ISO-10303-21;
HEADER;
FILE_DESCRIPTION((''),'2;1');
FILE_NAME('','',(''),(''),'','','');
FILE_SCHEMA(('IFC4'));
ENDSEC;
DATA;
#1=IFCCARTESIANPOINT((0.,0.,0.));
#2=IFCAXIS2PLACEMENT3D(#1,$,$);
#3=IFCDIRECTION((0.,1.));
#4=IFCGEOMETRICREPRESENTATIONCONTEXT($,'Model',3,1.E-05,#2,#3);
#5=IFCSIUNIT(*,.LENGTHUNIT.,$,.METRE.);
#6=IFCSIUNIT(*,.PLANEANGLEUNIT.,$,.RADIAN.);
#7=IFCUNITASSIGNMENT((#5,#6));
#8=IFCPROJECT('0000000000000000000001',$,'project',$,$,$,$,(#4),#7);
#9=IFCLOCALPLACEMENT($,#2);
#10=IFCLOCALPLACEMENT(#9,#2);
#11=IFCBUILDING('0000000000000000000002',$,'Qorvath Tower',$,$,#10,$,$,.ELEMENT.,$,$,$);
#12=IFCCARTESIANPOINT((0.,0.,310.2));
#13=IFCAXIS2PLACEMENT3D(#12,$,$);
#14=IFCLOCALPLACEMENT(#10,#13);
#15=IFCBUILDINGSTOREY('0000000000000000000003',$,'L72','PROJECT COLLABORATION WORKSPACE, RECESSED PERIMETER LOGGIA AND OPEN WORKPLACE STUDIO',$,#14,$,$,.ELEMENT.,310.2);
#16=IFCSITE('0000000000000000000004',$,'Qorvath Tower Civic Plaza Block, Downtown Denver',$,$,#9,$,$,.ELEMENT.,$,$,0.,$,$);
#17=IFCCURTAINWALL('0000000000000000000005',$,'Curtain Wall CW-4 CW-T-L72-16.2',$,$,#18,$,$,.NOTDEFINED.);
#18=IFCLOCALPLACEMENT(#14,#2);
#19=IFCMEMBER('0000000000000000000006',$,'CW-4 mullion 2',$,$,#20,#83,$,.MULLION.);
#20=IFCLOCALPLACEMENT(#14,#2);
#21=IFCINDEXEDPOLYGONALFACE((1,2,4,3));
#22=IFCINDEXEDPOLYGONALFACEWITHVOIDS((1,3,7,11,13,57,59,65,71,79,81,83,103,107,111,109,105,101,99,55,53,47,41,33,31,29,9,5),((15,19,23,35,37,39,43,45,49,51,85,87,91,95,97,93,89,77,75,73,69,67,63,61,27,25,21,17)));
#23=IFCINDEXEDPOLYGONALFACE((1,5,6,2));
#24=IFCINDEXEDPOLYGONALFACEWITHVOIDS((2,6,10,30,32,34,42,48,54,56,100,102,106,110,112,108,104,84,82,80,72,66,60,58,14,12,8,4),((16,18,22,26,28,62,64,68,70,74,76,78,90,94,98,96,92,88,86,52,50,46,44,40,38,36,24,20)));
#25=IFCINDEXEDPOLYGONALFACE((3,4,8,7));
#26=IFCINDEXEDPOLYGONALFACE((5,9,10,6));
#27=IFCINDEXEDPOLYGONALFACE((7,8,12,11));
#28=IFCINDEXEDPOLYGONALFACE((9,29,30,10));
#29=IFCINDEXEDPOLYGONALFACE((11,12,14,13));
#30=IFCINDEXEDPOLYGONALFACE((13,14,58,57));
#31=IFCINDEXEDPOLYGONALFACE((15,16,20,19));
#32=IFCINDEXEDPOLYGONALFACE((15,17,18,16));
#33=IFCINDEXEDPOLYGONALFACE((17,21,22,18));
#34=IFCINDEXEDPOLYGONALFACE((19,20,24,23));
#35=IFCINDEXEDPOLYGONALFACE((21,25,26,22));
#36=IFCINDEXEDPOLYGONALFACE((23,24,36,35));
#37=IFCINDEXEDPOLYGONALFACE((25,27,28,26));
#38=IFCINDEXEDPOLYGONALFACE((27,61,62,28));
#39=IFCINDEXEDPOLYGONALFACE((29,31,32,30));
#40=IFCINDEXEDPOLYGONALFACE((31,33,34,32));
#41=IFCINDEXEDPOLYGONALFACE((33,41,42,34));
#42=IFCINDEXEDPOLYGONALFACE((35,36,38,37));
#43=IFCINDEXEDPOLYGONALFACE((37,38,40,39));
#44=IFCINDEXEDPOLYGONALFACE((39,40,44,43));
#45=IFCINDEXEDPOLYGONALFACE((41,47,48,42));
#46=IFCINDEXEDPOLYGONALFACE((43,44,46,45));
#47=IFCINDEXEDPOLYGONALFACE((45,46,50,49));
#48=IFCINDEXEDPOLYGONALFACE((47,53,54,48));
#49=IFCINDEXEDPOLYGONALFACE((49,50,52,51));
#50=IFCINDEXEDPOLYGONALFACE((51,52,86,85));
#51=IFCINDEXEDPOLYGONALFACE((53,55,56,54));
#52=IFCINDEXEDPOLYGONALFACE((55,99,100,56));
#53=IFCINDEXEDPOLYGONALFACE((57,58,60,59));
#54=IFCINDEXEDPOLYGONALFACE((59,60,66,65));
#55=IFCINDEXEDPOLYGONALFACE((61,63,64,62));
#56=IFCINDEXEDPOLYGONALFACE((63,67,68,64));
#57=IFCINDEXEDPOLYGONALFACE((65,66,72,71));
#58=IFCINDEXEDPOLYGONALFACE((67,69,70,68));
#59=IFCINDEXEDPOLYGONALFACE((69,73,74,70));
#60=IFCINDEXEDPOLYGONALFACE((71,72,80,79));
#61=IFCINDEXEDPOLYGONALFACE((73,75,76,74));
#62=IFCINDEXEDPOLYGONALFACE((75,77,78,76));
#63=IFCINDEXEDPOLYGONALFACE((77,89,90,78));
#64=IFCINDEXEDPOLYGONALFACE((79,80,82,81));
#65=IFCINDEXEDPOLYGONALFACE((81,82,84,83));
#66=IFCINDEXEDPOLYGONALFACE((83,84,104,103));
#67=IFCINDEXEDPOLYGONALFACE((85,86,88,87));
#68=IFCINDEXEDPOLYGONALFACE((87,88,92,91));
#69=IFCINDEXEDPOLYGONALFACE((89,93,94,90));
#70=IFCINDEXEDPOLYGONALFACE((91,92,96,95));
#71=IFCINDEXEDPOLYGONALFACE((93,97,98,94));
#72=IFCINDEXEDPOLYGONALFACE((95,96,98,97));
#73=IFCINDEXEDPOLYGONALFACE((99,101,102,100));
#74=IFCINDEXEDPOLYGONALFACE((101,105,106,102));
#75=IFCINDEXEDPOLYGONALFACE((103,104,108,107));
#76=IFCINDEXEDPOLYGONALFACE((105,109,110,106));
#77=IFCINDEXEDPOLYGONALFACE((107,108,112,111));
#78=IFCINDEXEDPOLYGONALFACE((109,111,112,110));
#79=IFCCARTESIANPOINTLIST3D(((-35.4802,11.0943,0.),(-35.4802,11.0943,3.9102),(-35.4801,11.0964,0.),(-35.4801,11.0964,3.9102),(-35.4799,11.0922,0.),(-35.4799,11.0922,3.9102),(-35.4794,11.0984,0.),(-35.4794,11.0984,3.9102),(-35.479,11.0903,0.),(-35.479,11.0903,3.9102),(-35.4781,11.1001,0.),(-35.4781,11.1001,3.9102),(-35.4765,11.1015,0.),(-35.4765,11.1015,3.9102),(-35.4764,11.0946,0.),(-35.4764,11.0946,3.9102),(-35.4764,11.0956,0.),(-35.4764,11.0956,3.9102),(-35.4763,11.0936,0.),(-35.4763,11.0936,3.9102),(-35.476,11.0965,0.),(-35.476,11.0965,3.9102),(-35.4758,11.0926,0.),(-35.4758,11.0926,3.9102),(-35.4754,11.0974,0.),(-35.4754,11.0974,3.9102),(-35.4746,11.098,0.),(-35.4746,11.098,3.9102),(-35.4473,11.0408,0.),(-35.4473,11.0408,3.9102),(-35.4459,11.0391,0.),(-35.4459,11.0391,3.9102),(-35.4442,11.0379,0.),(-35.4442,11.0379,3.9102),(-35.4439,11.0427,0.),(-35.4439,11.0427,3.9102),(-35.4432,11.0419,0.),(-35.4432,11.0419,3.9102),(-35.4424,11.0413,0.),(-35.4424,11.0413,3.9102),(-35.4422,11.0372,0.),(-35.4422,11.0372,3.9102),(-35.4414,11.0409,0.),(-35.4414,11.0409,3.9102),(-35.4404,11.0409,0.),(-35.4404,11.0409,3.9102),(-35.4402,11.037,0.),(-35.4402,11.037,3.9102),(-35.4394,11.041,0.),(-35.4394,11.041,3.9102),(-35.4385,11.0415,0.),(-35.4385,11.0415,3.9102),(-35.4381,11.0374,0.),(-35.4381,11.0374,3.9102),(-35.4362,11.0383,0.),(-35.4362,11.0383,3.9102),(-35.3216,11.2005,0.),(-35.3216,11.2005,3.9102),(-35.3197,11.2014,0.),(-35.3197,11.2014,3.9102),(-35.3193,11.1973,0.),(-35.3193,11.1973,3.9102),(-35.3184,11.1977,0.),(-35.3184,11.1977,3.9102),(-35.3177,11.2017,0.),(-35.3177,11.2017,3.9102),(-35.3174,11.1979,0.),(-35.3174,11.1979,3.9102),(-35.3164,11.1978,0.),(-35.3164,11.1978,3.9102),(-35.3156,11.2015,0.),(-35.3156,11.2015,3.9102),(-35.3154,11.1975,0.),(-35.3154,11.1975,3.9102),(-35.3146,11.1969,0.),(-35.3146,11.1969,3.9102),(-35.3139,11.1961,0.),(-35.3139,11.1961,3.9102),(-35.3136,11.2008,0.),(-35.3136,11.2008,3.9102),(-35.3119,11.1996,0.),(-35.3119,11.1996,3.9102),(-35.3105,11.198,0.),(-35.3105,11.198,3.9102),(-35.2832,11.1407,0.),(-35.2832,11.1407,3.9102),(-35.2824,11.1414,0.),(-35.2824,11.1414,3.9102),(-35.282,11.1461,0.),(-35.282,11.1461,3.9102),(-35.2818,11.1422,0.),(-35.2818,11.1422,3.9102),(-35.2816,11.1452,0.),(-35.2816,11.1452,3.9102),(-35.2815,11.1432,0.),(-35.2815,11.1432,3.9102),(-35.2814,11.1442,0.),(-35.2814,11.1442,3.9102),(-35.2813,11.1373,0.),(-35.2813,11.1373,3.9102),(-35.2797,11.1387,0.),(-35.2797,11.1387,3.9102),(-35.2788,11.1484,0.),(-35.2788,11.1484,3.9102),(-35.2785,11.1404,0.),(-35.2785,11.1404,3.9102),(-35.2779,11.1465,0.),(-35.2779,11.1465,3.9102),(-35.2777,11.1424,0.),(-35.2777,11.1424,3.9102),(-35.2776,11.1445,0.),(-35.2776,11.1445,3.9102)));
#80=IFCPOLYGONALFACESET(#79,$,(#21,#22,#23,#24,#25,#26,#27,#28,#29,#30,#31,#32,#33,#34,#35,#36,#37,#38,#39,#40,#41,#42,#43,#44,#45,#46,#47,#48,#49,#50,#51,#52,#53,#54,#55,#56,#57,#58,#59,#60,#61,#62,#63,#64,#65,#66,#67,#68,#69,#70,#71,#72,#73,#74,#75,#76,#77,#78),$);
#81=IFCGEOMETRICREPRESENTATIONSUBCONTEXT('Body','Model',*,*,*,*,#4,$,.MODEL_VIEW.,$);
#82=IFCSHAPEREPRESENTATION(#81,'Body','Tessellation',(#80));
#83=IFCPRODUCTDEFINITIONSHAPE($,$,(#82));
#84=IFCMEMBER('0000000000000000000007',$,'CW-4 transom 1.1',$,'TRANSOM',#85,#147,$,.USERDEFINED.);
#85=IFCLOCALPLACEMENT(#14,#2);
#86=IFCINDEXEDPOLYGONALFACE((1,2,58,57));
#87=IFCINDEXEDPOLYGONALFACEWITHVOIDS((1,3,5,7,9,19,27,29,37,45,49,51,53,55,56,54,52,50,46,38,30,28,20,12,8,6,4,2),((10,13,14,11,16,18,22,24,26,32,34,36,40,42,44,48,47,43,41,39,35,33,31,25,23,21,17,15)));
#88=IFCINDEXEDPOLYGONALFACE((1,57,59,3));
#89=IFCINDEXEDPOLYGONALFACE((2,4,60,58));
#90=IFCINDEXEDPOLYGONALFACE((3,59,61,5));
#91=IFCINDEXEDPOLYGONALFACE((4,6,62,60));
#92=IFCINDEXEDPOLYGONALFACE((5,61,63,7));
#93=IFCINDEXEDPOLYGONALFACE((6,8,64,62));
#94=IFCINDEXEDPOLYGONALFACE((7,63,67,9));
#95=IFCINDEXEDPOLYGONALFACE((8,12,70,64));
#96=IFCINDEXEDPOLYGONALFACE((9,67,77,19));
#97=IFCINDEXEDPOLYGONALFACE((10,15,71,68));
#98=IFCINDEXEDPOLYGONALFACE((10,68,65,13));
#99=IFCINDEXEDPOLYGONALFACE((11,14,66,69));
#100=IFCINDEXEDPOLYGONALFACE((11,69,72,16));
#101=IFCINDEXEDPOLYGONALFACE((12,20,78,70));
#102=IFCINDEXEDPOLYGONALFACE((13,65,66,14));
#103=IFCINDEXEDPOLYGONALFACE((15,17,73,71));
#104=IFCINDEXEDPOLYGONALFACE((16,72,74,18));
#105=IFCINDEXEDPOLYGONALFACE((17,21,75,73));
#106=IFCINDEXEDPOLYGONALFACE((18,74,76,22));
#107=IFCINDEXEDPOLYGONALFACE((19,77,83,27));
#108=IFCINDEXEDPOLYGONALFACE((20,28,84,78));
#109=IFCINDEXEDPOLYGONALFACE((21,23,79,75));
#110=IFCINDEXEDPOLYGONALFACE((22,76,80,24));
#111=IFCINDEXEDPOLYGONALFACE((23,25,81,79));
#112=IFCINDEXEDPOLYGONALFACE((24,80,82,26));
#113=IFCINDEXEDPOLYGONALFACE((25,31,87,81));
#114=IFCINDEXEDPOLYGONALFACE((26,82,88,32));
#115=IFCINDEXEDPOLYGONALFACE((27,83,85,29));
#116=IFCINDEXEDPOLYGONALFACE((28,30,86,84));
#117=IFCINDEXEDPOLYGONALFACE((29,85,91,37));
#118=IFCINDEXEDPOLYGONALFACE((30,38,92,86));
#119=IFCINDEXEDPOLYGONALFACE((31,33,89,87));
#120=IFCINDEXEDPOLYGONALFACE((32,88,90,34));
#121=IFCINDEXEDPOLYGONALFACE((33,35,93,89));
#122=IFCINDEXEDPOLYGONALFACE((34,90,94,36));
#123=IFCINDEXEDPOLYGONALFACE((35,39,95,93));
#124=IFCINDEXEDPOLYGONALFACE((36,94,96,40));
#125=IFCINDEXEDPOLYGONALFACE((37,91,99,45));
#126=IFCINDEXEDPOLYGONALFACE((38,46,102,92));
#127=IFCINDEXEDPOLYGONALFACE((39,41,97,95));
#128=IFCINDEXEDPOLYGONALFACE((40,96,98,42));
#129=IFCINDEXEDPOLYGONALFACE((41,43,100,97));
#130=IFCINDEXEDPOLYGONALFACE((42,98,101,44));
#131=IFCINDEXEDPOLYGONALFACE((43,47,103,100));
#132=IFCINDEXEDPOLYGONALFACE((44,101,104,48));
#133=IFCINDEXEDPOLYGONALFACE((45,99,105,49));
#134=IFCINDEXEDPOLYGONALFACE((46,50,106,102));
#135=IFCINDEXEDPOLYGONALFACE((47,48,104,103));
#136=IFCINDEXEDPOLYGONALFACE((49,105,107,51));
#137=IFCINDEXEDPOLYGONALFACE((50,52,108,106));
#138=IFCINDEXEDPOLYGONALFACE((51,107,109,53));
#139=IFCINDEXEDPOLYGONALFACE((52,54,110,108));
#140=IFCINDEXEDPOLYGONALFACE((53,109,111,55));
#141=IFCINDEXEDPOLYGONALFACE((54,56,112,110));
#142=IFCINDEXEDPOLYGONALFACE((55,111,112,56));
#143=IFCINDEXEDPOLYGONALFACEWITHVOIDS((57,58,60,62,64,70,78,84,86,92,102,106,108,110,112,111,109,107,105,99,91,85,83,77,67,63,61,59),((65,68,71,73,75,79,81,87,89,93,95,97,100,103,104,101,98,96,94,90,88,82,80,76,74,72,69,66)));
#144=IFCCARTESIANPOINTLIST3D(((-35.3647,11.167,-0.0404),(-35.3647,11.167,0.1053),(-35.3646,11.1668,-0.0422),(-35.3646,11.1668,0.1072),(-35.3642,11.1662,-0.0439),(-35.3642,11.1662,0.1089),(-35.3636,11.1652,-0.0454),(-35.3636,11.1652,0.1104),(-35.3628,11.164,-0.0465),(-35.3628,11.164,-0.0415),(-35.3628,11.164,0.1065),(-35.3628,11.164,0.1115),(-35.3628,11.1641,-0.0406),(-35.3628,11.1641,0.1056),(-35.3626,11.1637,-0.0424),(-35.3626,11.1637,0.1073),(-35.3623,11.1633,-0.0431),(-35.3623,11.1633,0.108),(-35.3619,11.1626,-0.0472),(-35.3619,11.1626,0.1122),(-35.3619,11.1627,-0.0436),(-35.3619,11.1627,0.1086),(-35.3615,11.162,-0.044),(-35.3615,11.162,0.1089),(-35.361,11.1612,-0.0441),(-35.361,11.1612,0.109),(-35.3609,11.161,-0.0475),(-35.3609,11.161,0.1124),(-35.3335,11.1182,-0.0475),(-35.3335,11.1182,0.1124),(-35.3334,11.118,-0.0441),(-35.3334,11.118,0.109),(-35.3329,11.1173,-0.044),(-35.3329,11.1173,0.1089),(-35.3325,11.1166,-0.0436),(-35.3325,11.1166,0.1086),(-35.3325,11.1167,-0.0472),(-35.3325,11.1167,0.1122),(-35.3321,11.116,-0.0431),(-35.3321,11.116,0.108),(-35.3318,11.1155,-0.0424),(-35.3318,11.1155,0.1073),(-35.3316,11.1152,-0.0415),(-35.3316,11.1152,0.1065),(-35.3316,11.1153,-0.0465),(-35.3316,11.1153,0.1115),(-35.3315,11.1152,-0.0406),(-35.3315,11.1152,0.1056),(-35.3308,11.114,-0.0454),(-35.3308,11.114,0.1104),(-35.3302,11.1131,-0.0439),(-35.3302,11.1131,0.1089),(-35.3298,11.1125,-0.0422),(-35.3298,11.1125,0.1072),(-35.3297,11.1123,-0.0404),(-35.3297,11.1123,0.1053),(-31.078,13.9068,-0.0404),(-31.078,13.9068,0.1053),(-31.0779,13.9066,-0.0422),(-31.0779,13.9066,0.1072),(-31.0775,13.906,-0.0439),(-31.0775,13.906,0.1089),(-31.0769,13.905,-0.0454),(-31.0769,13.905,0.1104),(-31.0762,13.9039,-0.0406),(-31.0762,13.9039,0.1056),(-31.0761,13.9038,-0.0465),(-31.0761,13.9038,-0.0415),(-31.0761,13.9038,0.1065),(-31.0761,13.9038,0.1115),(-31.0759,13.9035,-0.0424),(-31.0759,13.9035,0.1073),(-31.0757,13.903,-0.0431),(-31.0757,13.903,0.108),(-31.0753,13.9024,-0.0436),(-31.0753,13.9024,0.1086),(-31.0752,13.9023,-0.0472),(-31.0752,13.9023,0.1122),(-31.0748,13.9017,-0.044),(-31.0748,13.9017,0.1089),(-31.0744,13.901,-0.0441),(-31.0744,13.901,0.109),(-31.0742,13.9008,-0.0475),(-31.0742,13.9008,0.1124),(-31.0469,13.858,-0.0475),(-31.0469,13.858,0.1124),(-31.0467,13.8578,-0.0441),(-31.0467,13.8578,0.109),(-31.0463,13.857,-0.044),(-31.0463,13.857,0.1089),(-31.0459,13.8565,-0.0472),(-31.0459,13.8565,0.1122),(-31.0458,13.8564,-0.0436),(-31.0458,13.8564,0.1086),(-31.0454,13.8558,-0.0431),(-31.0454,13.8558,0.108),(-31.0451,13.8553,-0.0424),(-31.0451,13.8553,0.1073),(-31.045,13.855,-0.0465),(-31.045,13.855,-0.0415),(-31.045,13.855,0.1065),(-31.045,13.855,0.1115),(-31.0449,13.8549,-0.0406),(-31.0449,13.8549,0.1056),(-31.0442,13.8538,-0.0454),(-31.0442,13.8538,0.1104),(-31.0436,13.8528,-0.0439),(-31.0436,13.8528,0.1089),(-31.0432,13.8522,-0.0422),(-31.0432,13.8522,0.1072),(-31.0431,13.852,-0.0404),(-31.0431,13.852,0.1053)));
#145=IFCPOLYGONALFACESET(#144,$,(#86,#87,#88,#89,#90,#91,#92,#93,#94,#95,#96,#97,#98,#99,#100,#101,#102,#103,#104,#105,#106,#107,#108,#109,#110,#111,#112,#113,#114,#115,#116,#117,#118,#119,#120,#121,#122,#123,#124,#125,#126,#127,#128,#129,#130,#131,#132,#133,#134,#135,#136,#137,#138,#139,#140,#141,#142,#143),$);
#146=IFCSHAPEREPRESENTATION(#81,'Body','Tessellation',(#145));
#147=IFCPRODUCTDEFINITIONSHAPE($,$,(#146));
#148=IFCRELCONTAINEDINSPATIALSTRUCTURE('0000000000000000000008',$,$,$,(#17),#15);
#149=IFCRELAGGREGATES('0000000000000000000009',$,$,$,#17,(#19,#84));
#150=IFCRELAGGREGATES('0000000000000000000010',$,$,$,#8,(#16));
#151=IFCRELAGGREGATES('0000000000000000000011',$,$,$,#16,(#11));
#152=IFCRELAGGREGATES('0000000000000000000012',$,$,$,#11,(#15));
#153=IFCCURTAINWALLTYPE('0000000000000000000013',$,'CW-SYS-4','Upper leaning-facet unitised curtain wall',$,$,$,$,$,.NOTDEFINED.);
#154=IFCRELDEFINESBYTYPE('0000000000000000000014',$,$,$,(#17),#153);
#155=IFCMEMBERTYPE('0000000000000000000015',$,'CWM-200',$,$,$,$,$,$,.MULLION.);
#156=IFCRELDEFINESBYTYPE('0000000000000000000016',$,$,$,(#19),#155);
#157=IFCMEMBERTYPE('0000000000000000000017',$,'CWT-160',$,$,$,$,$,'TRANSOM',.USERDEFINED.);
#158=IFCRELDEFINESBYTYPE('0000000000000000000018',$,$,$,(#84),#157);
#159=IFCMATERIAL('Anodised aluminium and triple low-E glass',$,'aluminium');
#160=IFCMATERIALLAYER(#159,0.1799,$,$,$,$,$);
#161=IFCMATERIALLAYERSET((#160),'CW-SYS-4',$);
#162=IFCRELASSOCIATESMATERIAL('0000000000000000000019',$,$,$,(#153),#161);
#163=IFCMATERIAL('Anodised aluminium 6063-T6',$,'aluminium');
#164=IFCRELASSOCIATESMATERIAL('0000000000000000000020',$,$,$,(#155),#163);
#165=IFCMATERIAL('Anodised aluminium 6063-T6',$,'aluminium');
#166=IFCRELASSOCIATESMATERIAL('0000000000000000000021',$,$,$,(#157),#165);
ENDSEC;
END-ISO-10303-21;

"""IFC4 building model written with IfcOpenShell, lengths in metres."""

from ifc_helpers import new_model, si_unit, direction, frame, origin, origin_2d, place, context, subcontext, project, spatial, hollow_rectangle, extrude, material, layer, layer_set, material_profile, profile_set, type_object, element, aggregate, save


model = new_model("IFC4")

# Units and contexts
model_context = context("Model", 3, precision=1e-05, world=origin(), true_north=direction((0.0, 1.0)))
body_context = subcontext(model_context, "Body", "Model", "MODEL_VIEW")
ifc_project = project(units=[si_unit("LENGTHUNIT", "METRE"), si_unit("PLANEANGLEUNIT", "RADIAN")], contexts=[model_context])

# Site, building, storey
site_placement = place(None, origin())
site = spatial("IfcSite", under=ifc_project, at=site_placement, Name="Qorvath Tower Civic Plaza Block, Downtown Denver", CompositionType="ELEMENT", RefElevation=0.0)
building_placement = place(site_placement, origin())
building = spatial("IfcBuilding", under=site, at=building_placement, Name="Qorvath Tower", CompositionType="ELEMENT")
storey_placement = place(building_placement, frame((0.0, 0.0, 310.2)))
storey = spatial("IfcBuildingStorey", under=building, at=storey_placement, Name="L72", Description="PROJECT COLLABORATION WORKSPACE, RECESSED PERIMETER LOGGIA AND OPEN WORKPLACE STUDIO", CompositionType="ELEMENT", Elevation=310.2)

# Shared definitions
ifc_material_1 = material(Name="Anodised aluminium and triple low-E glass", Category="aluminium")
ifc_layer_1 = layer(ifc_material_1, 0.1799)
ifc_layer_set_1 = layer_set([ifc_layer_1], Name="CW-SYS-4")
curtain_wall_type = type_object("IfcCurtainWallType", Name="CW-SYS-4", Description="Upper leaning-facet unitised curtain wall", PredefinedType="NOTDEFINED", material=ifc_layer_set_1)
ifc_material_2 = material(Name="Anodised aluminium 6063-T6", Category="aluminium")
ifc_material_profile_1 = material_profile(ifc_material_2, hollow_rectangle(XDim=0.075, YDim=0.2, WallThickness=0.0039, InnerFilletRadius=0.0039, OuterFilletRadius=0.0081, at=origin_2d()), Name="CWM 200x75")
ifc_profile_set_1 = profile_set([ifc_material_profile_1], Name="Anodised aluminium 6063-T6")
member_type_1 = type_object("IfcMemberType", Name="CWM-200", PredefinedType="MULLION", material=ifc_profile_set_1)

# Curtain wall, members
curtain_wall_1_placement = place(storey_placement, origin())
curtain_wall_1 = element("IfcCurtainWall", 1, at=curtain_wall_1_placement, inside=storey, type_object=curtain_wall_type, Name="Curtain Wall CW-4 CW-T-L72-16.2", PredefinedType="NOTDEFINED")
member_1_placement = place(storey_placement, frame((-35.3789, 11.1194, 0.0), z_axis=(0.0, 0.0, 1.0), x_axis=(0.538538, -0.842601, 0.0)))
member_1 = element("IfcMember", 2, at=member_1_placement, type_object=member_type_1, Name="CW-4 mullion 2", PredefinedType="MULLION", context=body_context, shape_type="SweptSolid", body=[
    extrude(hollow_rectangle(XDim=0.075, YDim=0.2, WallThickness=0.0039, InnerFilletRadius=0.0039, OuterFilletRadius=0.0081, at=origin_2d()), origin(), (0.0, 0.0, 1.0), 3.9102),
])
ifc_material_3 = material(Name="Anodised aluminium 6063-T6", Category="aluminium")
ifc_material_profile_2 = material_profile(ifc_material_3, hollow_rectangle(XDim=0.0649, YDim=0.1599, WallThickness=0.0034, InnerFilletRadius=0.0034, OuterFilletRadius=0.0071, at=origin_2d()), Name="CWT 160x65")
ifc_profile_set_2 = profile_set([ifc_material_profile_2], Name="Anodised aluminium 6063-T6")
member_type_2 = type_object("IfcMemberType", Name="CWT-160", ElementType="TRANSOM", PredefinedType="USERDEFINED", material=ifc_profile_set_2)
member_2_placement = place(storey_placement, frame((-31.0605, 13.8794, 0.0325), z_axis=(-0.842601, -0.538539, 0.0), x_axis=(0.538539, -0.842601, 0.0)))
member_2 = element("IfcMember", 3, at=member_2_placement, type_object=member_type_2, Name="CW-4 transom 1.1", ObjectType="TRANSOM", PredefinedType="USERDEFINED", context=body_context, shape_type="SweptSolid", body=[
    extrude(hollow_rectangle(XDim=0.0649, YDim=0.1599, WallThickness=0.0034, InnerFilletRadius=0.0034, OuterFilletRadius=0.0071, at=origin_2d()), origin(), (0.0, 0.0, 1.0), 5.0874),
])
aggregate(curtain_wall_1, [member_1, member_2])

save(model, "model.ifc")
